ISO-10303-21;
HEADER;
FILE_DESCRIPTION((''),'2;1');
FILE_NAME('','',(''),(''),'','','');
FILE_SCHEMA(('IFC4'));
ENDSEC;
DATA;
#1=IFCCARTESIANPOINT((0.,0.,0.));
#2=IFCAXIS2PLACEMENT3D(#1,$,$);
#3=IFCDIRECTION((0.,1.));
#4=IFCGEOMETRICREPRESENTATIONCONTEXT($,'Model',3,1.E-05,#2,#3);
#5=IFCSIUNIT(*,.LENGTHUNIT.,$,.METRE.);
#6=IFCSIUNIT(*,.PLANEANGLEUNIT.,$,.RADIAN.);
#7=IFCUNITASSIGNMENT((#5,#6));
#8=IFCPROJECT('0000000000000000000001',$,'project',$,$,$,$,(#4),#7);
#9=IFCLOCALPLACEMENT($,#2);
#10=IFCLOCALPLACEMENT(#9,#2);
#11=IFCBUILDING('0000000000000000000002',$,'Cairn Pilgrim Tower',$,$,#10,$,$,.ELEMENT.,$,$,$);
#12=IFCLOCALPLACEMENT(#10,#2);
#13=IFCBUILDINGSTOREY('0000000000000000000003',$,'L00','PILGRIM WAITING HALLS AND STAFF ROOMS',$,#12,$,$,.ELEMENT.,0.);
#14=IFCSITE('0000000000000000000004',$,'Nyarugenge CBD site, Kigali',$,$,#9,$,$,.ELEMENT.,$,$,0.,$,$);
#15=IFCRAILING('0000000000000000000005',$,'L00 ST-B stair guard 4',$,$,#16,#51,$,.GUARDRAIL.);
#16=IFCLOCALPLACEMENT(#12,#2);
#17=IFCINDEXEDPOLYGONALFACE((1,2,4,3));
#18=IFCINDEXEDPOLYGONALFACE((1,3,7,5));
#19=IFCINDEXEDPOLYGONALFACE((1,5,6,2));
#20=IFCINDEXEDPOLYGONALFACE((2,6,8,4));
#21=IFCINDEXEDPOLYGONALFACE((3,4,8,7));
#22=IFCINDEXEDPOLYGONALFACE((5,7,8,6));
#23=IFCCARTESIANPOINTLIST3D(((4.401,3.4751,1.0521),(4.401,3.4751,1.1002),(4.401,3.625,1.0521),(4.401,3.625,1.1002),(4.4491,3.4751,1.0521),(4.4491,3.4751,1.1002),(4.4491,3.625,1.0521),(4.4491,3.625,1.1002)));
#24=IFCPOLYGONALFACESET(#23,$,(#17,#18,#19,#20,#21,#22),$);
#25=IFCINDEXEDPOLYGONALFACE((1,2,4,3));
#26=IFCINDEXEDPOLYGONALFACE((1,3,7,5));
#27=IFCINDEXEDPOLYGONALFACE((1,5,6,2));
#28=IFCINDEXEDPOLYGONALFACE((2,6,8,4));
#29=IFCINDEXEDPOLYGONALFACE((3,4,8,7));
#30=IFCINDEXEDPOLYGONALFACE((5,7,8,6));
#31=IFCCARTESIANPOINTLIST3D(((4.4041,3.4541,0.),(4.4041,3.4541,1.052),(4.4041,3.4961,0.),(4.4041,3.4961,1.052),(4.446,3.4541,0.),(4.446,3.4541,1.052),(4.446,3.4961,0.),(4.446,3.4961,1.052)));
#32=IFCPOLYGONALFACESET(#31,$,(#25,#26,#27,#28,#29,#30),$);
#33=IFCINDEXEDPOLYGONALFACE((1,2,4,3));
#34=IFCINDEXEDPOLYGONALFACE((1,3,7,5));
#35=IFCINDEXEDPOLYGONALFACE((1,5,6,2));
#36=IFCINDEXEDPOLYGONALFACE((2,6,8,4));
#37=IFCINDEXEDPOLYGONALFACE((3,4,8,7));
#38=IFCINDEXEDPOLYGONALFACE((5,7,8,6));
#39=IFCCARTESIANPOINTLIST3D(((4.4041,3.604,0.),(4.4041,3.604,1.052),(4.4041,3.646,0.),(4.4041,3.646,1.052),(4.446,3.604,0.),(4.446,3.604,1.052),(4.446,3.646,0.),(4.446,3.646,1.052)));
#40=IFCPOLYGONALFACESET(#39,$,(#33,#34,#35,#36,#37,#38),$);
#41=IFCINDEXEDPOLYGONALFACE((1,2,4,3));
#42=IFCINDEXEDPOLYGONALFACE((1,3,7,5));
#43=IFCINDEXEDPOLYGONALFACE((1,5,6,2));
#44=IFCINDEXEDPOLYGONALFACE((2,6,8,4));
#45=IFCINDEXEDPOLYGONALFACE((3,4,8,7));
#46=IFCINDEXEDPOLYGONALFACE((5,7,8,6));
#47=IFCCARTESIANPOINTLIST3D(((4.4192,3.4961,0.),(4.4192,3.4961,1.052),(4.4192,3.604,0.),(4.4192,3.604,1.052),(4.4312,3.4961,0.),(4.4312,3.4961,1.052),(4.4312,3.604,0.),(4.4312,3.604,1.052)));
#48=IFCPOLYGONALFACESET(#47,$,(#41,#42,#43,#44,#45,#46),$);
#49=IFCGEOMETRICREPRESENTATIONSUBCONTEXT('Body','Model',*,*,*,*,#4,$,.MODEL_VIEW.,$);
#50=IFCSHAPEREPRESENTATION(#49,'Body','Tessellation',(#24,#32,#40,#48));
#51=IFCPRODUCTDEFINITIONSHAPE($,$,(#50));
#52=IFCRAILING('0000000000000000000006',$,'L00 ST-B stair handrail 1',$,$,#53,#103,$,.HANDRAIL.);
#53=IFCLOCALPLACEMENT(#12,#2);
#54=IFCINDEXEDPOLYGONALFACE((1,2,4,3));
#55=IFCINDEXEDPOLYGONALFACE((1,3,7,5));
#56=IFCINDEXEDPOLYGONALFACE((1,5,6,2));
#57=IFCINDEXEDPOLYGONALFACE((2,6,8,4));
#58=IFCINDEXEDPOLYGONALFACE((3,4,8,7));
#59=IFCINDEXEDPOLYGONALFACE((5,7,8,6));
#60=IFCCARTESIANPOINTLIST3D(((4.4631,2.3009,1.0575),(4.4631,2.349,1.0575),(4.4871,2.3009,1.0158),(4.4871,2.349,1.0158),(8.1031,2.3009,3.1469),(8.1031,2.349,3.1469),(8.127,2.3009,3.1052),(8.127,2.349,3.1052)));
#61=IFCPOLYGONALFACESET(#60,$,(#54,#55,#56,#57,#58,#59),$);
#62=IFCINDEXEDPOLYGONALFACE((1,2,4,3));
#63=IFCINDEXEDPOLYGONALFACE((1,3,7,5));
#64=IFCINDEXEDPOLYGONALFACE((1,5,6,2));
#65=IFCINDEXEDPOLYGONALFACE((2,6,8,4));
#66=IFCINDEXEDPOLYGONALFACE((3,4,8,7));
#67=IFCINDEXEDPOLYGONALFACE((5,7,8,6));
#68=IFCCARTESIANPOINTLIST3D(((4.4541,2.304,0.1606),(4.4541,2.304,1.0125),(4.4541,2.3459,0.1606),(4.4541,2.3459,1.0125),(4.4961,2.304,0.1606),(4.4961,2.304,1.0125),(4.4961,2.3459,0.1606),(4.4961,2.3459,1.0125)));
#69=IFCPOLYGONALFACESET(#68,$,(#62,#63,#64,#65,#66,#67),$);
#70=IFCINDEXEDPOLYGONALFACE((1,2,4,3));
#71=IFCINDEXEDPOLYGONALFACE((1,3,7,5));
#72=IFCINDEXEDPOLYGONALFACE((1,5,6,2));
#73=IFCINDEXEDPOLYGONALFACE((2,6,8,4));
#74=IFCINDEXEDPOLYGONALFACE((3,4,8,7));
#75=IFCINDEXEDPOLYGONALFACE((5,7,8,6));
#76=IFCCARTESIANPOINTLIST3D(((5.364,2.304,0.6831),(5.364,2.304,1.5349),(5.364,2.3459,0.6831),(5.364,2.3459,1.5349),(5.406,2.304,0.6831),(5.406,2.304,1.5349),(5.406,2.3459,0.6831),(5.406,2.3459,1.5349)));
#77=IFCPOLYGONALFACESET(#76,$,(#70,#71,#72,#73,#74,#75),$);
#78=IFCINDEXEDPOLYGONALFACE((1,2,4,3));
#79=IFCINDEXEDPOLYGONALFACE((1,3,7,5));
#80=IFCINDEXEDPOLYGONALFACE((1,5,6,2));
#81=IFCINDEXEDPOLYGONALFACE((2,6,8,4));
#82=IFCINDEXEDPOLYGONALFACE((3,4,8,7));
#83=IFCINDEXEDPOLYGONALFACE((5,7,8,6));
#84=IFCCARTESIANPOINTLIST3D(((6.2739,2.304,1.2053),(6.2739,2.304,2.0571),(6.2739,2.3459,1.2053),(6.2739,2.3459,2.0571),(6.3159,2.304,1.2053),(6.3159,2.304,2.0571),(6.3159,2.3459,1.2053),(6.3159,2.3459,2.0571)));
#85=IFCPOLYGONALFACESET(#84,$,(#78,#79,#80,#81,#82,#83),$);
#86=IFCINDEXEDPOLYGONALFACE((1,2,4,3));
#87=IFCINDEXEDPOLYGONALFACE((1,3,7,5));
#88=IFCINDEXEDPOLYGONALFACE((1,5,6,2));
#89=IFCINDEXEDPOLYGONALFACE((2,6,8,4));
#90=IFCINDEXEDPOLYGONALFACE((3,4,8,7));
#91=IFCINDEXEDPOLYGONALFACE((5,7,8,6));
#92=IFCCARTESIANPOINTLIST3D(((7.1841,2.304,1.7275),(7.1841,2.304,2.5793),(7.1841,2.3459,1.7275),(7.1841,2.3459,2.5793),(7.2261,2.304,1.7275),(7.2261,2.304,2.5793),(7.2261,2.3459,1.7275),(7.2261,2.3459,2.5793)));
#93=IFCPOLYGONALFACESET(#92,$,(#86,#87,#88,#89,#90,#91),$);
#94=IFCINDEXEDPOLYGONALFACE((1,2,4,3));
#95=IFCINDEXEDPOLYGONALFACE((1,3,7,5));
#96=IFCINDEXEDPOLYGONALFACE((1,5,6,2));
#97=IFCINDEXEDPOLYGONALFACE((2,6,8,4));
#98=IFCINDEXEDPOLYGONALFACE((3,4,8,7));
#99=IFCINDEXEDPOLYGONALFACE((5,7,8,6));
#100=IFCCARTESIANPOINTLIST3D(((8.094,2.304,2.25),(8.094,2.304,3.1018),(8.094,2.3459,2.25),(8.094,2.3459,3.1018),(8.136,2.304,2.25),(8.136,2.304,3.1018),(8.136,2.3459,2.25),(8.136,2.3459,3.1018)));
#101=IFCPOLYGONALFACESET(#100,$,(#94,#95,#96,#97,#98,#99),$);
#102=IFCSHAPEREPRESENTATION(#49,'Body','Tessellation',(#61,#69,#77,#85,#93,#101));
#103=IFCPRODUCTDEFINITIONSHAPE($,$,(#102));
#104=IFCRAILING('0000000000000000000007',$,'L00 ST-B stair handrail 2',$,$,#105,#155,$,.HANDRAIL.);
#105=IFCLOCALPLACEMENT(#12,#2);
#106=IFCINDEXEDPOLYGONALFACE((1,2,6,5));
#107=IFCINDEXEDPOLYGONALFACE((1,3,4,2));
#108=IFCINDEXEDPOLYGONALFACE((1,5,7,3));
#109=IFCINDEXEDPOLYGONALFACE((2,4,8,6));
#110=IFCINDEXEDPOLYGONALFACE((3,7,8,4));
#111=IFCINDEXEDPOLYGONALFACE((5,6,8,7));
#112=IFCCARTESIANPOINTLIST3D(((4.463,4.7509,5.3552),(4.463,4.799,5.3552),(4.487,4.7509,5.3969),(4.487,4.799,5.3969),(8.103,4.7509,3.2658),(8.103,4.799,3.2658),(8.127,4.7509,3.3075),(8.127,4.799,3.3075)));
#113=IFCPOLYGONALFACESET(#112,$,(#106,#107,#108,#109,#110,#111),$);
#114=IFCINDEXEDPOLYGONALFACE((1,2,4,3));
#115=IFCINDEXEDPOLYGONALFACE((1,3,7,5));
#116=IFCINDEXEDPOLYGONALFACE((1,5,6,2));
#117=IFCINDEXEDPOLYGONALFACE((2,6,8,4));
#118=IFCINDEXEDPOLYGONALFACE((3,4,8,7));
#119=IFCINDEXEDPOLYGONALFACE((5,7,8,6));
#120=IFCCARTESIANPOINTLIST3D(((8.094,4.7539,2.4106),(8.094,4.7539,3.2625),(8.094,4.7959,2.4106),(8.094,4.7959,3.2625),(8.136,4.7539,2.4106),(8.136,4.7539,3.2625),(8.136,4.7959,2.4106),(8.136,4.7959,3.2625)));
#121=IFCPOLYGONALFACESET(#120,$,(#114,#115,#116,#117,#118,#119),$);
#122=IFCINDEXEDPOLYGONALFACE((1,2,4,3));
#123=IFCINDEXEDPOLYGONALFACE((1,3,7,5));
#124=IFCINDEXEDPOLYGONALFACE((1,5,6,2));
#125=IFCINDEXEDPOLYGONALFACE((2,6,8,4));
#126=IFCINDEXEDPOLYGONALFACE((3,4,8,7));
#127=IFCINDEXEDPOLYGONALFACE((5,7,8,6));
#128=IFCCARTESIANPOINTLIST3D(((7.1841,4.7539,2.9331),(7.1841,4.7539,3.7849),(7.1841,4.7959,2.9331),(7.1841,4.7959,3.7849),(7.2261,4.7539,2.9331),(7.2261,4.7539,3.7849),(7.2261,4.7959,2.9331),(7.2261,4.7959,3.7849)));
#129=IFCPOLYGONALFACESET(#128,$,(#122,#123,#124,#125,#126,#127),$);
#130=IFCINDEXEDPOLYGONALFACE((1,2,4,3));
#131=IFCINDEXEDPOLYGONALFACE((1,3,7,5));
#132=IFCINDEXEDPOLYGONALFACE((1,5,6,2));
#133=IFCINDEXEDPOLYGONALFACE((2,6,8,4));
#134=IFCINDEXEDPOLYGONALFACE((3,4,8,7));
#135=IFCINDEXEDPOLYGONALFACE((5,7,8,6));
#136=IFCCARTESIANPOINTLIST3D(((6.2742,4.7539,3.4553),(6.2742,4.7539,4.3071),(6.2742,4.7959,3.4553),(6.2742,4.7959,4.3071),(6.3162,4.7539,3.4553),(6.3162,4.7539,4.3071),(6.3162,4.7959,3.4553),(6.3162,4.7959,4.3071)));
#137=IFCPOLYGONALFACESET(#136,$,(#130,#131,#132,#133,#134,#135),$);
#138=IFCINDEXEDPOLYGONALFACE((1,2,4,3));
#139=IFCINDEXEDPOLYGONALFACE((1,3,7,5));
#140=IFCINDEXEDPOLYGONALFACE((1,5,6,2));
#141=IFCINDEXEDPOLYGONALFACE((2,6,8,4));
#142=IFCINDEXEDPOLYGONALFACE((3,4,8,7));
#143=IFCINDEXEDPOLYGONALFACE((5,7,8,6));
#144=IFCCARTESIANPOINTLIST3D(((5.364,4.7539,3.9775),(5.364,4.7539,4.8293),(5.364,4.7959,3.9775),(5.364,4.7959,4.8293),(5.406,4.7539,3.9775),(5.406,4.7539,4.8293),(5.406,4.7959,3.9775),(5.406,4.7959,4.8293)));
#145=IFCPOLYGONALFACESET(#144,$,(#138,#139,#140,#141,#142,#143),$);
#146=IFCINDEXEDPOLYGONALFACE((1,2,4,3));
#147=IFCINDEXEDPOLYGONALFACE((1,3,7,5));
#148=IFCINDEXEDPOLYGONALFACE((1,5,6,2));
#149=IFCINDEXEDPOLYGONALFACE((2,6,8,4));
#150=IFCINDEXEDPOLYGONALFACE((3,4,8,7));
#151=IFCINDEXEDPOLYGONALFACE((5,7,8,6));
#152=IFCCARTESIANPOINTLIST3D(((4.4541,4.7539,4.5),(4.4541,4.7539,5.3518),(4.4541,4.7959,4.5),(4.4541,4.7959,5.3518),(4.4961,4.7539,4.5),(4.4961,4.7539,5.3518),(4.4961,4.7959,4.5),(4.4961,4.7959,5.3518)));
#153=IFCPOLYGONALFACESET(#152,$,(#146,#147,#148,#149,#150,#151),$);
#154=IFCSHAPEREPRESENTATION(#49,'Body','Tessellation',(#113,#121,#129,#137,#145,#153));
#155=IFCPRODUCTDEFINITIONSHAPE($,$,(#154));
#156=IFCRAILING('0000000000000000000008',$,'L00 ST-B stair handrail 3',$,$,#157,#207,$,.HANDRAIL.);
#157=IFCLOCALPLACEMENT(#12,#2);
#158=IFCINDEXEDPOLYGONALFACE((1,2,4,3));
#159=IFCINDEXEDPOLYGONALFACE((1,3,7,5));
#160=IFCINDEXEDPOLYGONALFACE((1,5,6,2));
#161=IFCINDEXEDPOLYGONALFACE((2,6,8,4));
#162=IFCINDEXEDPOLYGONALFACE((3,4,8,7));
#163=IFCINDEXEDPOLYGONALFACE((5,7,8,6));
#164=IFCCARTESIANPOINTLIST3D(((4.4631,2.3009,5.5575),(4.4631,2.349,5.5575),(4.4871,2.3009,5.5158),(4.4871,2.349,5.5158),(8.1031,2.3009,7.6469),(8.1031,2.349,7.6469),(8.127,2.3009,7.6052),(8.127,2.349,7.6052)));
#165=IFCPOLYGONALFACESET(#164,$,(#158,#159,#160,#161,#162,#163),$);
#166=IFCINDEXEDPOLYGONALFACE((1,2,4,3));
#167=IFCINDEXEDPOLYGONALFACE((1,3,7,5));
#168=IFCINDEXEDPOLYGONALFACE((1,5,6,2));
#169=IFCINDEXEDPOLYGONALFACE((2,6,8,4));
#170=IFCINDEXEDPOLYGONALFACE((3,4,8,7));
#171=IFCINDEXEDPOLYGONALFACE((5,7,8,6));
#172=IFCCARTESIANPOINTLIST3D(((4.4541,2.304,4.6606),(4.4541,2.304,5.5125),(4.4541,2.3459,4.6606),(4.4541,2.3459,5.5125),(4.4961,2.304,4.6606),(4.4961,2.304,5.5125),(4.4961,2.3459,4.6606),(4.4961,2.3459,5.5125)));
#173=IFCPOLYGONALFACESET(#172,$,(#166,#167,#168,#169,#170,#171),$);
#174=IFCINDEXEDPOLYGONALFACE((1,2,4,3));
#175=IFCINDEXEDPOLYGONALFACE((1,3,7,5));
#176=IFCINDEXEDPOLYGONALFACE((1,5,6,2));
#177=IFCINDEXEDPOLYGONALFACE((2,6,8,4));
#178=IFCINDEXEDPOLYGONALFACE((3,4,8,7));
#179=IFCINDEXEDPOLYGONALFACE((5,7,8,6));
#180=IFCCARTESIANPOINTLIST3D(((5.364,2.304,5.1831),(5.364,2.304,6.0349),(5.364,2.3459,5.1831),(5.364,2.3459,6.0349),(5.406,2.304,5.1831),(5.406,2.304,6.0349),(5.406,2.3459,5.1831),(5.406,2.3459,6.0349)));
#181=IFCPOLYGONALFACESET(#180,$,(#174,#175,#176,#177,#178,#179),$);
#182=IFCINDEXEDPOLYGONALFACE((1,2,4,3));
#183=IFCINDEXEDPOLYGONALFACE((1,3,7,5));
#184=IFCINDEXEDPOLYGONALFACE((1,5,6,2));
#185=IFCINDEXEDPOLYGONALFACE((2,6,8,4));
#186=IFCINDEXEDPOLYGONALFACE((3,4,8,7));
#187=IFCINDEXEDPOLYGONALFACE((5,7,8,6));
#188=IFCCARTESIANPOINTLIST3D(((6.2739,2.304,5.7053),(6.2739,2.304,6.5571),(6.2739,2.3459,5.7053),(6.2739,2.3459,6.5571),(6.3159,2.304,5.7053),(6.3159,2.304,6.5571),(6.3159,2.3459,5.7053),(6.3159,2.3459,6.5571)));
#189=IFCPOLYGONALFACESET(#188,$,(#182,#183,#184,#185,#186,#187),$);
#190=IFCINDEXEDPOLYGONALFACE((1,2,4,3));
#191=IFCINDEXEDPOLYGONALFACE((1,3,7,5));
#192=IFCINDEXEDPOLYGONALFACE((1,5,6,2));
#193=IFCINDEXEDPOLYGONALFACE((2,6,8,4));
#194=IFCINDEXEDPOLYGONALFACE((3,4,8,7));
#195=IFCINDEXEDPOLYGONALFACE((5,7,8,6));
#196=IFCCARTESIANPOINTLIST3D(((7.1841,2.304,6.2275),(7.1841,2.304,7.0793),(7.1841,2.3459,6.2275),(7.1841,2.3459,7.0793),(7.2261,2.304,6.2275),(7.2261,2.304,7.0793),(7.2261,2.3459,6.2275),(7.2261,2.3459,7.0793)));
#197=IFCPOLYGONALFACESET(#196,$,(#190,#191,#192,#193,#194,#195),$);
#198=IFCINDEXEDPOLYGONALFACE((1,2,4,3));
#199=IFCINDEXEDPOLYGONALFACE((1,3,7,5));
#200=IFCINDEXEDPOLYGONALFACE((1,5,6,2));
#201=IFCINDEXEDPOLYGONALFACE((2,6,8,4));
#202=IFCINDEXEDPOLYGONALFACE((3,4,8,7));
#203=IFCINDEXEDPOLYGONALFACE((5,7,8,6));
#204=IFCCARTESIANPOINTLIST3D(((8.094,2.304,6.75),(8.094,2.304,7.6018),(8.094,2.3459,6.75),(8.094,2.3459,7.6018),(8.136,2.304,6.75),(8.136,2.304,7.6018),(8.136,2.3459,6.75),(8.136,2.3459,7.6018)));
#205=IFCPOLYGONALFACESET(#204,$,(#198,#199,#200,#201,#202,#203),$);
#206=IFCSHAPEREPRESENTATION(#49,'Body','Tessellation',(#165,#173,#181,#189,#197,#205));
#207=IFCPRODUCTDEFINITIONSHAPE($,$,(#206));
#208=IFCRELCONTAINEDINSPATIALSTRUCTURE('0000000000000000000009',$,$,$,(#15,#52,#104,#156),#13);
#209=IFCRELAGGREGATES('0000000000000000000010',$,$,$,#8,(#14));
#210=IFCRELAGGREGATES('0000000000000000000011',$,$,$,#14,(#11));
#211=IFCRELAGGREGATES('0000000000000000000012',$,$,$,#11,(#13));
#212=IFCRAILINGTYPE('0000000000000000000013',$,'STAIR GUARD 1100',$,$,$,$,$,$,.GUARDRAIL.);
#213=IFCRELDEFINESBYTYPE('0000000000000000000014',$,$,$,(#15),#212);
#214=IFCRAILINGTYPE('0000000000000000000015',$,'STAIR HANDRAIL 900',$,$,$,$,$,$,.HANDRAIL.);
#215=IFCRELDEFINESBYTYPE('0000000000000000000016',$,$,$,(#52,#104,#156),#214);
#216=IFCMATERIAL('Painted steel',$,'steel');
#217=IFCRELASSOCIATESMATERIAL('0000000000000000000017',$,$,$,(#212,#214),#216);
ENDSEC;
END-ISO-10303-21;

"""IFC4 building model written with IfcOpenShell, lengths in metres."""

from ifc_helpers import new_model, si_unit, direction, frame, origin, origin_2d, place, context, subcontext, project, spatial, polyline, rectangle, outline, extrude, material, type_object, element, save


model = new_model("IFC4")

# Units and contexts
model_context = context("Model", 3, precision=1e-05, world=origin(), true_north=direction((0.0, 1.0)))
body_context = subcontext(model_context, "Body", "Model", "MODEL_VIEW")
ifc_project = project(units=[si_unit("LENGTHUNIT", "METRE"), si_unit("PLANEANGLEUNIT", "RADIAN")], contexts=[model_context])

# Site, building, storey
site_placement = place(None, origin())
site = spatial("IfcSite", under=ifc_project, at=site_placement, Name="Nyarugenge CBD site, Kigali", CompositionType="ELEMENT", RefElevation=0.0)
building_placement = place(site_placement, origin())
building = spatial("IfcBuilding", under=site, at=building_placement, Name="Cairn Pilgrim Tower", CompositionType="ELEMENT")
storey_placement = place(building_placement, origin())
storey = spatial("IfcBuildingStorey", under=building, at=storey_placement, Name="L00", Description="PILGRIM WAITING HALLS AND STAFF ROOMS", CompositionType="ELEMENT", Elevation=0.0)

# Shared definitions
ifc_material_1 = material(Name="Painted steel", Category="steel")

# Railings
railing_type_1 = type_object("IfcRailingType", Name="STAIR GUARD 1100", PredefinedType="GUARDRAIL", material=ifc_material_1)
railing_1_placement = place(storey_placement, frame((4.425, 3.4751, 0.0)))
element("IfcRailing", 1, at=railing_1_placement, inside=storey, type_object=railing_type_1, Name="L00 ST-B stair guard 4", PredefinedType="GUARDRAIL", context=body_context, shape_type="SweptSolid", body=[
    extrude(rectangle(XDim=0.0481, YDim=0.0481, at=origin_2d()), frame((0.0, 0.0, 1.0762), z_axis=(0.0, 1.0, 0.0), x_axis=(-1.0, 0.0, 0.0)), (0.0, 0.0, 1.0), 0.1499),
    extrude(rectangle(XDim=0.042, YDim=0.042, at=origin_2d()), origin(), (0.0, 0.0, 1.0), 1.052),
    extrude(rectangle(XDim=0.042, YDim=0.042, at=origin_2d()), frame((0.0, 0.1499, 0.0)), (0.0, 0.0, 1.0), 1.052),
    extrude(outline(polyline([(0.021, 0.0), (0.1289, 0.0), (0.1289, 1.052), (0.021, 1.052), (0.021, 0.0)])), frame((-0.0059, 0.0, 0.0), z_axis=(1.0, 0.0, 0.0), x_axis=(0.0, 1.0, 0.0)), (0.0, 0.0, 1.0), 0.012),
])
railing_type_2 = type_object("IfcRailingType", Name="STAIR HANDRAIL 900", PredefinedType="HANDRAIL", material=ifc_material_1)
railing_2_placement = place(storey_placement, frame((4.4751, 2.325, 0.1606)))
element("IfcRailing", 2, at=railing_2_placement, inside=storey, type_object=railing_type_2, Name="L00 ST-B stair handrail 1", PredefinedType="HANDRAIL", context=body_context, shape_type="SweptSolid", body=[
    extrude(rectangle(XDim=0.0481, YDim=0.0481, at=origin_2d()), frame((0.0, 0.0, 0.876), z_axis=(0.867275, 0.0, 0.497829), x_axis=(0.0, 1.0, 0.0)), (0.0, 0.0, 1.0), 4.197),
    extrude(rectangle(XDim=0.042, YDim=0.042, at=origin_2d()), origin(), (0.0, 0.0, 1.0), 0.8518),
    extrude(rectangle(XDim=0.042, YDim=0.042, at=origin_2d()), frame((0.9099, 0.0, 0.5225)), (0.0, 0.0, 1.0), 0.8518),
    extrude(rectangle(XDim=0.042, YDim=0.042, at=origin_2d()), frame((1.8198, 0.0, 1.0447)), (0.0, 0.0, 1.0), 0.8518),
    extrude(rectangle(XDim=0.042, YDim=0.042, at=origin_2d()), frame((2.73, 0.0, 1.5669)), (0.0, 0.0, 1.0), 0.8518),
    extrude(rectangle(XDim=0.042, YDim=0.042, at=origin_2d()), frame((3.6399, 0.0, 2.0894)), (0.0, 0.0, 1.0), 0.8518),
])
railing_3_placement = place(storey_placement, frame((8.115, 4.7749, 2.4106)))
element("IfcRailing", 3, at=railing_3_placement, inside=storey, type_object=railing_type_2, Name="L00 ST-B stair handrail 2", PredefinedType="HANDRAIL", context=body_context, shape_type="SweptSolid", body=[
    extrude(rectangle(XDim=0.0481, YDim=0.0481, at=origin_2d()), frame((0.0, 0.0, 0.876), z_axis=(-0.867275, 0.0, 0.497829), x_axis=(0.0, -1.0, 0.0)), (0.0, 0.0, 1.0), 4.197),
    extrude(rectangle(XDim=0.042, YDim=0.042, at=origin_2d()), origin(), (0.0, 0.0, 1.0), 0.8518),
    extrude(rectangle(XDim=0.042, YDim=0.042, at=origin_2d()), frame((-0.9099, 0.0, 0.5225)), (0.0, 0.0, 1.0), 0.8518),
    extrude(rectangle(XDim=0.042, YDim=0.042, at=origin_2d()), frame((-1.8198, 0.0, 1.0447)), (0.0, 0.0, 1.0), 0.8518),
    extrude(rectangle(XDim=0.042, YDim=0.042, at=origin_2d()), frame((-2.73, 0.0, 1.5669)), (0.0, 0.0, 1.0), 0.8518),
    extrude(rectangle(XDim=0.042, YDim=0.042, at=origin_2d()), frame((-3.6399, 0.0, 2.0894)), (0.0, 0.0, 1.0), 0.8518),
])
railing_4_placement = place(storey_placement, frame((4.4751, 2.325, 4.6606)))
element("IfcRailing", 4, at=railing_4_placement, inside=storey, type_object=railing_type_2, Name="L00 ST-B stair handrail 3", PredefinedType="HANDRAIL", context=body_context, shape_type="SweptSolid", body=[
    extrude(rectangle(XDim=0.0481, YDim=0.0481, at=origin_2d()), frame((0.0, 0.0, 0.876), z_axis=(0.867275, 0.0, 0.497829), x_axis=(0.0, 1.0, 0.0)), (0.0, 0.0, 1.0), 4.197),
    extrude(rectangle(XDim=0.042, YDim=0.042, at=origin_2d()), origin(), (0.0, 0.0, 1.0), 0.8518),
    extrude(rectangle(XDim=0.042, YDim=0.042, at=origin_2d()), frame((0.9099, 0.0, 0.5225)), (0.0, 0.0, 1.0), 0.8518),
    extrude(rectangle(XDim=0.042, YDim=0.042, at=origin_2d()), frame((1.8198, 0.0, 1.0447)), (0.0, 0.0, 1.0), 0.8518),
    extrude(rectangle(XDim=0.042, YDim=0.042, at=origin_2d()), frame((2.73, 0.0, 1.5669)), (0.0, 0.0, 1.0), 0.8518),
    extrude(rectangle(XDim=0.042, YDim=0.042, at=origin_2d()), frame((3.6399, 0.0, 2.0894)), (0.0, 0.0, 1.0), 0.8518),
])

save(model, "model.ifc")
